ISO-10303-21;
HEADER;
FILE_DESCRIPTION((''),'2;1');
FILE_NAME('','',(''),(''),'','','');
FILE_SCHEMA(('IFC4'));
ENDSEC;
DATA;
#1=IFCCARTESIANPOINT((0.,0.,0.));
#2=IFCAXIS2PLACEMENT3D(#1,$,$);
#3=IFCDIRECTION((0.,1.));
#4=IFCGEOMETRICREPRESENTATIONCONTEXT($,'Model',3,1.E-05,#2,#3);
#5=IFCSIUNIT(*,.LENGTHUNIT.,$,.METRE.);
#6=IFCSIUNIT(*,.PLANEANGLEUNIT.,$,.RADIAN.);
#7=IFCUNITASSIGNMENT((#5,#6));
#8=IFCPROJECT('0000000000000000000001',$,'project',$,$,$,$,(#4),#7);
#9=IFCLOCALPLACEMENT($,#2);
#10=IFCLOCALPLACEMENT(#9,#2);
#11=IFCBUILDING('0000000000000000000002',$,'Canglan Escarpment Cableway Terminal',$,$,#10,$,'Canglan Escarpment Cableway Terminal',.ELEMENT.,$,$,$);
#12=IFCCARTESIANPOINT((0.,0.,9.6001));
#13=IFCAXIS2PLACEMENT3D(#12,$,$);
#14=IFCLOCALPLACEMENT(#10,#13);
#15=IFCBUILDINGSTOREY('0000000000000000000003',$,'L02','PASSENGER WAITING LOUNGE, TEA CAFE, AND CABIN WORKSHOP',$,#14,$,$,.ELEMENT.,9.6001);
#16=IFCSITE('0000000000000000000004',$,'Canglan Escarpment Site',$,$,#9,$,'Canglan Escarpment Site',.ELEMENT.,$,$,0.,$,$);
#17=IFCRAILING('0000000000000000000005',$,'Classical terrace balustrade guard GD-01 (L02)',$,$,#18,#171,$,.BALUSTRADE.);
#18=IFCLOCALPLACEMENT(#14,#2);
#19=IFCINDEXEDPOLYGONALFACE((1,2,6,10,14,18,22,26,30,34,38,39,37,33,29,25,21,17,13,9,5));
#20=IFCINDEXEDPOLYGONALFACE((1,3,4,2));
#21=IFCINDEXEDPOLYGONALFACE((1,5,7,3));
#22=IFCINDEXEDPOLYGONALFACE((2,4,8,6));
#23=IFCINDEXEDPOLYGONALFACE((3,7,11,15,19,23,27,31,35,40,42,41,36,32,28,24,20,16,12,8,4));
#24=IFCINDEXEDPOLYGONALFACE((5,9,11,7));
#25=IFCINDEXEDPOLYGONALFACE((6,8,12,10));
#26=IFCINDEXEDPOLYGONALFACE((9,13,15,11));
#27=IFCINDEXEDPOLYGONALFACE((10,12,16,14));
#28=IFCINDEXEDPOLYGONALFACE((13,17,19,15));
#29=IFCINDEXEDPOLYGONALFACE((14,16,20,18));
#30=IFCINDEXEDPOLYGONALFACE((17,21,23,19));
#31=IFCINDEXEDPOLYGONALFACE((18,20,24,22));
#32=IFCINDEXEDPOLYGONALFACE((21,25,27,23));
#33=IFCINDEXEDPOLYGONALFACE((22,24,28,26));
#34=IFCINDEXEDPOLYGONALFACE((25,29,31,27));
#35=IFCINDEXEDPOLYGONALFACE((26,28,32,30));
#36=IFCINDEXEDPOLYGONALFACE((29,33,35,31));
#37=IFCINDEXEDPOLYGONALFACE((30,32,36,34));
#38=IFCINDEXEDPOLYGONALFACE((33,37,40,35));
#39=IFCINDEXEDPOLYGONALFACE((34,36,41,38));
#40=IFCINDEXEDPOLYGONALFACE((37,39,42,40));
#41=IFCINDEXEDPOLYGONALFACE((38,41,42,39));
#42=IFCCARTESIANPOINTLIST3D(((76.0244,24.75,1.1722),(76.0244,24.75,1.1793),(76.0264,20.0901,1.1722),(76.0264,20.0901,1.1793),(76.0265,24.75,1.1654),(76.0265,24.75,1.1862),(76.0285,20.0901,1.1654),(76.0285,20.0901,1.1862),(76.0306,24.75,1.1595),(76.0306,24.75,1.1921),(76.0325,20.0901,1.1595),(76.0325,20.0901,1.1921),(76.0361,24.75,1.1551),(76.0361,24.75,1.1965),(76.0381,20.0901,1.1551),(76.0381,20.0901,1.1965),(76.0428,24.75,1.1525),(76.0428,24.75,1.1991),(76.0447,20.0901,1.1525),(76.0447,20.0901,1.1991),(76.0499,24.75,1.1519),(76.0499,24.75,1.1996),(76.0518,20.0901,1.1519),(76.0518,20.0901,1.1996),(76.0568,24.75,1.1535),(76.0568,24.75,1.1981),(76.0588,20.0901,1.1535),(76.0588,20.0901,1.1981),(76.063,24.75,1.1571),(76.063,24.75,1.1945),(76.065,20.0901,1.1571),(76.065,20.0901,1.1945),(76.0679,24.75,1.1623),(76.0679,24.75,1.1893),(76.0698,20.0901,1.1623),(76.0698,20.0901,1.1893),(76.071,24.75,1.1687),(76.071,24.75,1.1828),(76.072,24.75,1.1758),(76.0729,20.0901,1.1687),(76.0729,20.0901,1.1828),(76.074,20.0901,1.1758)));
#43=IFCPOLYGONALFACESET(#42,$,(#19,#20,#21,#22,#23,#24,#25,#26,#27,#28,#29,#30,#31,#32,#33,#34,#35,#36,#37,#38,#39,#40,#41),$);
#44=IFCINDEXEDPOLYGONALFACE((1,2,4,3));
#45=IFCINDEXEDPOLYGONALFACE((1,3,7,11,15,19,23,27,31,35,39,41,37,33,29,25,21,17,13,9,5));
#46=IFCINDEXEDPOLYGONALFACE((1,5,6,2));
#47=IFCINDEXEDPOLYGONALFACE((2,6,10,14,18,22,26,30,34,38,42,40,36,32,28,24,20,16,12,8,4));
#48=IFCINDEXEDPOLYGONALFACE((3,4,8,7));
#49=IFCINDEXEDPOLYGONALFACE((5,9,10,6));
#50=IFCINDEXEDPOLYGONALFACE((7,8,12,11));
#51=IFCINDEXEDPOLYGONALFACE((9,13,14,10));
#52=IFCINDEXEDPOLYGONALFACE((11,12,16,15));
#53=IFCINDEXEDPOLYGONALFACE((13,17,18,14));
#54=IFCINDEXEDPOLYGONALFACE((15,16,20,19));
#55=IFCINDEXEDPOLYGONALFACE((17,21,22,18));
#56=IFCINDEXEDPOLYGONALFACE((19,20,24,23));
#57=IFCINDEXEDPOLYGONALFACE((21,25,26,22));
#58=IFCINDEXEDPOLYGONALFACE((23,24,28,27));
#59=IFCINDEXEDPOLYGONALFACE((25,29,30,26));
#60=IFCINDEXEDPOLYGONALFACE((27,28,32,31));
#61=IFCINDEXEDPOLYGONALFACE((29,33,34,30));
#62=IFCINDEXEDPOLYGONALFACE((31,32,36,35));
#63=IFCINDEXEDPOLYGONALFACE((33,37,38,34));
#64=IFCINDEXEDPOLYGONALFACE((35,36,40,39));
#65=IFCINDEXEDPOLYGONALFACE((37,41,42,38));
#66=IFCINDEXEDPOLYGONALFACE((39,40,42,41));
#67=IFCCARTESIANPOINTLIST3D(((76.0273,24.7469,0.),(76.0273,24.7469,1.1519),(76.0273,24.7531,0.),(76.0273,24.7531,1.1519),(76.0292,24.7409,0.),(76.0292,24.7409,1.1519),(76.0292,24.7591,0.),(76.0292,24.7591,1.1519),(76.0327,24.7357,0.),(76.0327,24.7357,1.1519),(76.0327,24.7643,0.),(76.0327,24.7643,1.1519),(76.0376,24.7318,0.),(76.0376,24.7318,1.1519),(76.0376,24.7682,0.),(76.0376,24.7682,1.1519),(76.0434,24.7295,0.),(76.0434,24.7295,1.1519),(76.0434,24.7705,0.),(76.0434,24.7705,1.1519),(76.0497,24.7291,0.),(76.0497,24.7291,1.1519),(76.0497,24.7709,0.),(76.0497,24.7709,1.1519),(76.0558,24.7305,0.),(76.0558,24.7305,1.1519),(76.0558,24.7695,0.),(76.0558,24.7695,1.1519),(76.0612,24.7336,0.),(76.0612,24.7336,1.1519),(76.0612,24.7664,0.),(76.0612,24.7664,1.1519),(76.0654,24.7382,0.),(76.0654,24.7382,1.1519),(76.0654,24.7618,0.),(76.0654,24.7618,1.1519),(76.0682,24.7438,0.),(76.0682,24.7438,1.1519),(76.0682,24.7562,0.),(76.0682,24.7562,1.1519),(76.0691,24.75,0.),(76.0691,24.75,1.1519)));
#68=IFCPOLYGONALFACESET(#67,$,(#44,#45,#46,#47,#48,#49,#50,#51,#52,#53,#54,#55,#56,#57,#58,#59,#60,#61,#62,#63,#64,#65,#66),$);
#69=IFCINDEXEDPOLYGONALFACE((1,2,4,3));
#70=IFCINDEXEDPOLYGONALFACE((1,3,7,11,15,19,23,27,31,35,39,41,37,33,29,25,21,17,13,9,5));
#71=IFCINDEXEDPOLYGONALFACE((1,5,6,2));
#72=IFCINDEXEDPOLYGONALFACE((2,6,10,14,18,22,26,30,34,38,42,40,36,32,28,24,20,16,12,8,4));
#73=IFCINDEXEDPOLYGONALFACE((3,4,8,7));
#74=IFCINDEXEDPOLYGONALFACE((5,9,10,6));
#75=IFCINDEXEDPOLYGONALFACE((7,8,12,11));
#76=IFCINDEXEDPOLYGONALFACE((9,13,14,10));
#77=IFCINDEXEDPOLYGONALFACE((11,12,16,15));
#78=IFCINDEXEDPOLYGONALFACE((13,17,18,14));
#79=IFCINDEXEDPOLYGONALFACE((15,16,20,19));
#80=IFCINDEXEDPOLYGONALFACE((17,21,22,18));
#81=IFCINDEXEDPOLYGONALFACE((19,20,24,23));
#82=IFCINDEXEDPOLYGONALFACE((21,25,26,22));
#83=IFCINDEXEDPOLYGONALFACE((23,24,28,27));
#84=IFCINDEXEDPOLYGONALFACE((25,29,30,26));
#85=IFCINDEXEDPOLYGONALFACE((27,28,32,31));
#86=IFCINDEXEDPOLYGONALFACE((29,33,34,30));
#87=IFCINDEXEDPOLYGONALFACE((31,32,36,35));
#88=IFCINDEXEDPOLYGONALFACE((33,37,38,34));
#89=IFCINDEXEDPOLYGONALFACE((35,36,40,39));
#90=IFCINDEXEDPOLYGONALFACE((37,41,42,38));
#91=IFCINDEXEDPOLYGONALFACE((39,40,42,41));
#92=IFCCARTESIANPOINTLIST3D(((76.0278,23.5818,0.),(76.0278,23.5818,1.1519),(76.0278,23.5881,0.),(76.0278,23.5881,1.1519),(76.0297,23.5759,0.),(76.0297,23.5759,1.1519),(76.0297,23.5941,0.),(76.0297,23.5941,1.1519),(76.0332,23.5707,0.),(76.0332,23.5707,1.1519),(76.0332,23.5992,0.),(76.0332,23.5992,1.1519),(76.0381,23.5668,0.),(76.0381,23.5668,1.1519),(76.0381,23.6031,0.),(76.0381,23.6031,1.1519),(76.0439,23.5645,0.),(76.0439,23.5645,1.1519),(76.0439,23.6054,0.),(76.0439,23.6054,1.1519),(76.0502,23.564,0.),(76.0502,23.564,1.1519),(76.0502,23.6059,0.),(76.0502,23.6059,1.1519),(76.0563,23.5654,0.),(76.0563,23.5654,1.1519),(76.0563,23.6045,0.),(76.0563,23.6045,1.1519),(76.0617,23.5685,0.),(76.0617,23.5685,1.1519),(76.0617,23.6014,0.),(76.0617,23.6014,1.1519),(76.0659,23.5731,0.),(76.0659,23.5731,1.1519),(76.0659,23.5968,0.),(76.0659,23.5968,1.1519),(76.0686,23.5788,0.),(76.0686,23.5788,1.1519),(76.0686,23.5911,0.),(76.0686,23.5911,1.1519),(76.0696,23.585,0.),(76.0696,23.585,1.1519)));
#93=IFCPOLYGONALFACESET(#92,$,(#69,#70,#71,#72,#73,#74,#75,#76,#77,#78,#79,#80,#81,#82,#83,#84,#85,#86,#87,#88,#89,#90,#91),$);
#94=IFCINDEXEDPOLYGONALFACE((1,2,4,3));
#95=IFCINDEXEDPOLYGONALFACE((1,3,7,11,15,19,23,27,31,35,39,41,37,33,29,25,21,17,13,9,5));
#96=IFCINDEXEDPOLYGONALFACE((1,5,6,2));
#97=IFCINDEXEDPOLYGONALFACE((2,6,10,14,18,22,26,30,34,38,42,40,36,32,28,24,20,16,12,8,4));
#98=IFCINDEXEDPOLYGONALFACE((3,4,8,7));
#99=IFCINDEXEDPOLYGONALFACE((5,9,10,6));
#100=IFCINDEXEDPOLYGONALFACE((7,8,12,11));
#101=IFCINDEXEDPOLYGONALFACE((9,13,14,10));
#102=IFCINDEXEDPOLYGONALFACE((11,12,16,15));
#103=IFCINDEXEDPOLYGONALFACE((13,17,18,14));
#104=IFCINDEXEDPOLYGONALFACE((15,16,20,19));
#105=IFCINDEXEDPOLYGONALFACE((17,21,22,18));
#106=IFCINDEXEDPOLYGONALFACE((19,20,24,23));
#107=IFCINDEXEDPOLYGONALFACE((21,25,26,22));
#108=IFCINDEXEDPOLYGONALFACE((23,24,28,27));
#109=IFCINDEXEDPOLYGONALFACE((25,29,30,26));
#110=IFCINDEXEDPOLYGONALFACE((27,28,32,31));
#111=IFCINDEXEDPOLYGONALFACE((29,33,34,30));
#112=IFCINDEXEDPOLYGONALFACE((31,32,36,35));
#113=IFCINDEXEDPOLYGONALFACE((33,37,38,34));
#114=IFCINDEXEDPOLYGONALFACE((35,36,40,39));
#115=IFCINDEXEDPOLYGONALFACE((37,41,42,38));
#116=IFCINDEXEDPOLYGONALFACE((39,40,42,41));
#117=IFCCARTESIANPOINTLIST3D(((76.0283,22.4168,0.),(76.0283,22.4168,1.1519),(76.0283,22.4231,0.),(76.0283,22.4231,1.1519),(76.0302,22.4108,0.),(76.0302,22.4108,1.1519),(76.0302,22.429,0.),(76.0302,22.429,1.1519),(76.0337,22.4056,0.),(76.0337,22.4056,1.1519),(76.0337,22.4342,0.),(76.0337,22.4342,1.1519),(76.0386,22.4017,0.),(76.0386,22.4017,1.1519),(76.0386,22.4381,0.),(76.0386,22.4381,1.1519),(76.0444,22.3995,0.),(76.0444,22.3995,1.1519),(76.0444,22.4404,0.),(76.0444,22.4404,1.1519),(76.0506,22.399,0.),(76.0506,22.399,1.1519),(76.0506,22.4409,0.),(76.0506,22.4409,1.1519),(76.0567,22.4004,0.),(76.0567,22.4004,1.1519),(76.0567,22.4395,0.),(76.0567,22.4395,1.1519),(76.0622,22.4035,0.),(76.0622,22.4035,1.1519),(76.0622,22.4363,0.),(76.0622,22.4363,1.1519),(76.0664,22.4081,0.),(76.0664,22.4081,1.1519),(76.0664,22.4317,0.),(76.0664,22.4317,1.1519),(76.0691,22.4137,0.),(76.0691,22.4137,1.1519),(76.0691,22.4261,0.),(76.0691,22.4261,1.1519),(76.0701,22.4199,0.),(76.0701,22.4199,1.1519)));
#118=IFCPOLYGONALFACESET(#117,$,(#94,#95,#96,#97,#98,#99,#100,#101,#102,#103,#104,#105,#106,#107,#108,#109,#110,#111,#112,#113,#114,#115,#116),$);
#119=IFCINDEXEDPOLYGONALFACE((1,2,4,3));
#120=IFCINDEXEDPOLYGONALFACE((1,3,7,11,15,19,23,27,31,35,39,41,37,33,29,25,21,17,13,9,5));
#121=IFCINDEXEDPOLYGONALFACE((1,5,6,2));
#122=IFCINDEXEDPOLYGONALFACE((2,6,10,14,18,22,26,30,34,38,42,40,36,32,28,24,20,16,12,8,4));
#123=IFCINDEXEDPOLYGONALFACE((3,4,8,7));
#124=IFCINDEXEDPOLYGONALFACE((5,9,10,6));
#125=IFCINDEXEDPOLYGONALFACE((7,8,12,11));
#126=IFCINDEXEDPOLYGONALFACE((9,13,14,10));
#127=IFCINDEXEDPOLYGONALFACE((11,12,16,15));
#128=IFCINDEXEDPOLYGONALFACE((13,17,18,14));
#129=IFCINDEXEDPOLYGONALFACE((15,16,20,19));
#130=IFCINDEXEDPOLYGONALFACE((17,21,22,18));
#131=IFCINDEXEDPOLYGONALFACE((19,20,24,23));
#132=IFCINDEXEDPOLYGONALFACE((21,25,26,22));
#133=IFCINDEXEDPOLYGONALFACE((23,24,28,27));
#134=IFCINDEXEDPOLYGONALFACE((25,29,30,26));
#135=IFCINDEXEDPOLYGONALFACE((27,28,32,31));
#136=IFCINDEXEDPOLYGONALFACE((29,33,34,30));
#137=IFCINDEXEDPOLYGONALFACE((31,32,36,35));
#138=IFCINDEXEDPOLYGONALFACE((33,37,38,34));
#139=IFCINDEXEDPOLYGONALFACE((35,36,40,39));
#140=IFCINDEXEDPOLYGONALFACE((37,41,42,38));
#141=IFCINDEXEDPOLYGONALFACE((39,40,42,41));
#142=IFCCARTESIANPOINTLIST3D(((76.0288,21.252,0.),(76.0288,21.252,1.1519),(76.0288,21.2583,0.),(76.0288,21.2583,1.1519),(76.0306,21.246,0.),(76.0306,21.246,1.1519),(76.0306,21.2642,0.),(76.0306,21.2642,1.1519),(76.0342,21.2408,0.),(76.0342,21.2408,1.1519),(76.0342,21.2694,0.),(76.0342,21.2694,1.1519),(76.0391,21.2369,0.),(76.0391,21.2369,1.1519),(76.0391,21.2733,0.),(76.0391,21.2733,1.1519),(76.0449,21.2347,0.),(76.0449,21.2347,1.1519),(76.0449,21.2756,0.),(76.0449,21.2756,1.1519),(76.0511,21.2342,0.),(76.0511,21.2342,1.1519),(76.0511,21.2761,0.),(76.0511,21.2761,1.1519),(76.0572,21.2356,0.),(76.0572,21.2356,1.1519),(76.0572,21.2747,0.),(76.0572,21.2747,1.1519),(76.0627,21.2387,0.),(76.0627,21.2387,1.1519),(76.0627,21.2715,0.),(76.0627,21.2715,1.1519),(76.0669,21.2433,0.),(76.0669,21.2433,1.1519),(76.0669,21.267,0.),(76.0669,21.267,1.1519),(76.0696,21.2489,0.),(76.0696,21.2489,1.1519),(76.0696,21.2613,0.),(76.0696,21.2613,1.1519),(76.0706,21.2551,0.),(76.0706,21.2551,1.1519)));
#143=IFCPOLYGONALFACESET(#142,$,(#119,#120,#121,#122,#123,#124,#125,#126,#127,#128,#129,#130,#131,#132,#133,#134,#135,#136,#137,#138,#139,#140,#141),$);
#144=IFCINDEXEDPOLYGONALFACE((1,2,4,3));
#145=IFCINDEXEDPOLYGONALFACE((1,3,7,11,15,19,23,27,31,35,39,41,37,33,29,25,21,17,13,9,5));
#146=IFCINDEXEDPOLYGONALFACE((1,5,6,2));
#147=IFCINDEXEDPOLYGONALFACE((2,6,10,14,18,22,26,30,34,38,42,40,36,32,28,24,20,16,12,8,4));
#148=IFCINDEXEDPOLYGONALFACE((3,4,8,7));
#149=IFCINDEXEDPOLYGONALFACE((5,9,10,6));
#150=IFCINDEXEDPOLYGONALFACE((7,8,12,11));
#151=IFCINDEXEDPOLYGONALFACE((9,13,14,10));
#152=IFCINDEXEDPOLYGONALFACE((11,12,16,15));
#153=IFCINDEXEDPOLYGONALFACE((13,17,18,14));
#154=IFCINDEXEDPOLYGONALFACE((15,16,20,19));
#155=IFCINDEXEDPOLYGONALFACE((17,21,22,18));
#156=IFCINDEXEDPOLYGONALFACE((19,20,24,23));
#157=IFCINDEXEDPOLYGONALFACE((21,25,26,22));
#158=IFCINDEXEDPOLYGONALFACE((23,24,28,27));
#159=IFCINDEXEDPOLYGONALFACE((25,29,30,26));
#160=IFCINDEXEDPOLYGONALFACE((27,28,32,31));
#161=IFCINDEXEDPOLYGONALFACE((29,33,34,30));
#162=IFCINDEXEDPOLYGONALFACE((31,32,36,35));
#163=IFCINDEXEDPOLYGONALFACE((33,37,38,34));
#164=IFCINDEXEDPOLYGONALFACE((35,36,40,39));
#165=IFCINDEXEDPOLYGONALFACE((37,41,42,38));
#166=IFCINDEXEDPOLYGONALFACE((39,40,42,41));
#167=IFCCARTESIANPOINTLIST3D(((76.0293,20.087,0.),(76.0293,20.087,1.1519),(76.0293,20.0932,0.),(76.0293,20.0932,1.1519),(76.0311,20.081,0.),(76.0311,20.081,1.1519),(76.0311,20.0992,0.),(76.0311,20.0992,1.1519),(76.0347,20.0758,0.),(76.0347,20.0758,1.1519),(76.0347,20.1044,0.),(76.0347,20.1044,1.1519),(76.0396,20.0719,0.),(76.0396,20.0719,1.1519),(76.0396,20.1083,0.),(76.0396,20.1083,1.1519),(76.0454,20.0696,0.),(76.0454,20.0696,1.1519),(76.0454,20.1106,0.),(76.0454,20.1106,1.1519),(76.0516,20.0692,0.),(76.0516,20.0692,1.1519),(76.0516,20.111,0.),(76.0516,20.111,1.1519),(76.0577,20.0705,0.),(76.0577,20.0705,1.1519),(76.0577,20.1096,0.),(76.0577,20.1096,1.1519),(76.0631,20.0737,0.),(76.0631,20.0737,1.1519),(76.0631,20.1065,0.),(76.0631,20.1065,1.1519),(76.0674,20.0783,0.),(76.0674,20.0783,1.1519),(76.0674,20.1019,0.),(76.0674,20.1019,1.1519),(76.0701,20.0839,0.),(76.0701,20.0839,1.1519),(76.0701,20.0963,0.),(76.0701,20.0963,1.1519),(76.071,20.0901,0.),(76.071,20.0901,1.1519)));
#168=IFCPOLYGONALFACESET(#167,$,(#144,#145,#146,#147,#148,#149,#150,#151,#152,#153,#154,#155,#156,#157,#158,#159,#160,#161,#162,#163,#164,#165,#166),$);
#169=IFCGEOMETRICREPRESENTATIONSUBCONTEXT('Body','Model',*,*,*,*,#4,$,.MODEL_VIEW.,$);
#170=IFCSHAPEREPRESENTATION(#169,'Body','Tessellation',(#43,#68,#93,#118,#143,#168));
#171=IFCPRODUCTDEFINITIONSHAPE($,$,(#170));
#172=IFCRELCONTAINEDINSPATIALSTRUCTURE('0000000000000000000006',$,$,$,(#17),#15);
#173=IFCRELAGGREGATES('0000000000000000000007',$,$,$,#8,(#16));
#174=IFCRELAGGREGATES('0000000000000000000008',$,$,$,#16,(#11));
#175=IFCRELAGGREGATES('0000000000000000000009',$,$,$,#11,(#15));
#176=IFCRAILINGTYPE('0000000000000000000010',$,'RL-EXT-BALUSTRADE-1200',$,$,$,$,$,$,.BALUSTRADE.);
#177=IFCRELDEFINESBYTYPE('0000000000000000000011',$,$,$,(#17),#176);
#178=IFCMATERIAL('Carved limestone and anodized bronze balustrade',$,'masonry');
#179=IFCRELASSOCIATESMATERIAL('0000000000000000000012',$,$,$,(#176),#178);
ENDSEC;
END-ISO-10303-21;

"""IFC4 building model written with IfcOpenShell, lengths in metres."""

from ifc_helpers import new_model, si_unit, direction, frame, origin, origin_2d, place, context, subcontext, project, spatial, circle, extrude, material, type_object, element, save


model = new_model("IFC4")

# Units and contexts
model_context = context("Model", 3, precision=1e-05, world=origin(), true_north=direction((0.0, 1.0)))
body_context = subcontext(model_context, "Body", "Model", "MODEL_VIEW")
ifc_project = project(units=[si_unit("LENGTHUNIT", "METRE"), si_unit("PLANEANGLEUNIT", "RADIAN")], contexts=[model_context])

# Site, building, storey
site_placement = place(None, origin())
site = spatial("IfcSite", under=ifc_project, at=site_placement, Name="Canglan Escarpment Site", LongName="Canglan Escarpment Site", CompositionType="ELEMENT", RefElevation=0.0)
building_placement = place(site_placement, origin())
building = spatial("IfcBuilding", under=site, at=building_placement, Name="Canglan Escarpment Cableway Terminal", LongName="Canglan Escarpment Cableway Terminal", CompositionType="ELEMENT")
storey_placement = place(building_placement, frame((0.0, 0.0, 9.6001)))
storey = spatial("IfcBuildingStorey", under=building, at=storey_placement, Name="L02", Description="PASSENGER WAITING LOUNGE, TEA CAFE, AND CABIN WORKSHOP", CompositionType="ELEMENT", Elevation=9.6001)

# Railing
ifc_material_1 = material(Name="Carved limestone and anodized bronze balustrade", Category="masonry")
railing_type = type_object("IfcRailingType", Name="RL-EXT-BALUSTRADE-1200", PredefinedType="BALUSTRADE", material=ifc_material_1)
railing_placement = place(storey_placement, frame((76.0481, 24.75, 0.0)))
element("IfcRailing", 1, at=railing_placement, inside=storey, type_object=railing_type, Name="Classical terrace balustrade guard GD-01 (L02)", PredefinedType="BALUSTRADE", context=body_context, shape_type="SweptSolid", body=[
    extrude(circle(Radius=0.0239, at=origin_2d()), frame((0.0, 0.0, 1.1758), z_axis=(0.000419, -1.0, 0.0), x_axis=(1.0, 0.000419, 0.0)), (0.0, 0.0, 1.0), 4.6599),
    extrude(circle(Radius=0.021, at=origin_2d()), origin(), (0.0, 0.0, 1.0), 1.1519),
    extrude(circle(Radius=0.021, at=origin_2d()), frame((0.0005, -1.165, 0.0)), (0.0, 0.0, 1.0), 1.1519),
    extrude(circle(Radius=0.021, at=origin_2d()), frame((0.001, -2.3301, 0.0)), (0.0, 0.0, 1.0), 1.1519),
    extrude(circle(Radius=0.021, at=origin_2d()), frame((0.0015, -3.4949, 0.0)), (0.0, 0.0, 1.0), 1.1519),
    extrude(circle(Radius=0.021, at=origin_2d()), frame((0.002, -4.6599, 0.0)), (0.0, 0.0, 1.0), 1.1519),
])

save(model, "model.ifc")
